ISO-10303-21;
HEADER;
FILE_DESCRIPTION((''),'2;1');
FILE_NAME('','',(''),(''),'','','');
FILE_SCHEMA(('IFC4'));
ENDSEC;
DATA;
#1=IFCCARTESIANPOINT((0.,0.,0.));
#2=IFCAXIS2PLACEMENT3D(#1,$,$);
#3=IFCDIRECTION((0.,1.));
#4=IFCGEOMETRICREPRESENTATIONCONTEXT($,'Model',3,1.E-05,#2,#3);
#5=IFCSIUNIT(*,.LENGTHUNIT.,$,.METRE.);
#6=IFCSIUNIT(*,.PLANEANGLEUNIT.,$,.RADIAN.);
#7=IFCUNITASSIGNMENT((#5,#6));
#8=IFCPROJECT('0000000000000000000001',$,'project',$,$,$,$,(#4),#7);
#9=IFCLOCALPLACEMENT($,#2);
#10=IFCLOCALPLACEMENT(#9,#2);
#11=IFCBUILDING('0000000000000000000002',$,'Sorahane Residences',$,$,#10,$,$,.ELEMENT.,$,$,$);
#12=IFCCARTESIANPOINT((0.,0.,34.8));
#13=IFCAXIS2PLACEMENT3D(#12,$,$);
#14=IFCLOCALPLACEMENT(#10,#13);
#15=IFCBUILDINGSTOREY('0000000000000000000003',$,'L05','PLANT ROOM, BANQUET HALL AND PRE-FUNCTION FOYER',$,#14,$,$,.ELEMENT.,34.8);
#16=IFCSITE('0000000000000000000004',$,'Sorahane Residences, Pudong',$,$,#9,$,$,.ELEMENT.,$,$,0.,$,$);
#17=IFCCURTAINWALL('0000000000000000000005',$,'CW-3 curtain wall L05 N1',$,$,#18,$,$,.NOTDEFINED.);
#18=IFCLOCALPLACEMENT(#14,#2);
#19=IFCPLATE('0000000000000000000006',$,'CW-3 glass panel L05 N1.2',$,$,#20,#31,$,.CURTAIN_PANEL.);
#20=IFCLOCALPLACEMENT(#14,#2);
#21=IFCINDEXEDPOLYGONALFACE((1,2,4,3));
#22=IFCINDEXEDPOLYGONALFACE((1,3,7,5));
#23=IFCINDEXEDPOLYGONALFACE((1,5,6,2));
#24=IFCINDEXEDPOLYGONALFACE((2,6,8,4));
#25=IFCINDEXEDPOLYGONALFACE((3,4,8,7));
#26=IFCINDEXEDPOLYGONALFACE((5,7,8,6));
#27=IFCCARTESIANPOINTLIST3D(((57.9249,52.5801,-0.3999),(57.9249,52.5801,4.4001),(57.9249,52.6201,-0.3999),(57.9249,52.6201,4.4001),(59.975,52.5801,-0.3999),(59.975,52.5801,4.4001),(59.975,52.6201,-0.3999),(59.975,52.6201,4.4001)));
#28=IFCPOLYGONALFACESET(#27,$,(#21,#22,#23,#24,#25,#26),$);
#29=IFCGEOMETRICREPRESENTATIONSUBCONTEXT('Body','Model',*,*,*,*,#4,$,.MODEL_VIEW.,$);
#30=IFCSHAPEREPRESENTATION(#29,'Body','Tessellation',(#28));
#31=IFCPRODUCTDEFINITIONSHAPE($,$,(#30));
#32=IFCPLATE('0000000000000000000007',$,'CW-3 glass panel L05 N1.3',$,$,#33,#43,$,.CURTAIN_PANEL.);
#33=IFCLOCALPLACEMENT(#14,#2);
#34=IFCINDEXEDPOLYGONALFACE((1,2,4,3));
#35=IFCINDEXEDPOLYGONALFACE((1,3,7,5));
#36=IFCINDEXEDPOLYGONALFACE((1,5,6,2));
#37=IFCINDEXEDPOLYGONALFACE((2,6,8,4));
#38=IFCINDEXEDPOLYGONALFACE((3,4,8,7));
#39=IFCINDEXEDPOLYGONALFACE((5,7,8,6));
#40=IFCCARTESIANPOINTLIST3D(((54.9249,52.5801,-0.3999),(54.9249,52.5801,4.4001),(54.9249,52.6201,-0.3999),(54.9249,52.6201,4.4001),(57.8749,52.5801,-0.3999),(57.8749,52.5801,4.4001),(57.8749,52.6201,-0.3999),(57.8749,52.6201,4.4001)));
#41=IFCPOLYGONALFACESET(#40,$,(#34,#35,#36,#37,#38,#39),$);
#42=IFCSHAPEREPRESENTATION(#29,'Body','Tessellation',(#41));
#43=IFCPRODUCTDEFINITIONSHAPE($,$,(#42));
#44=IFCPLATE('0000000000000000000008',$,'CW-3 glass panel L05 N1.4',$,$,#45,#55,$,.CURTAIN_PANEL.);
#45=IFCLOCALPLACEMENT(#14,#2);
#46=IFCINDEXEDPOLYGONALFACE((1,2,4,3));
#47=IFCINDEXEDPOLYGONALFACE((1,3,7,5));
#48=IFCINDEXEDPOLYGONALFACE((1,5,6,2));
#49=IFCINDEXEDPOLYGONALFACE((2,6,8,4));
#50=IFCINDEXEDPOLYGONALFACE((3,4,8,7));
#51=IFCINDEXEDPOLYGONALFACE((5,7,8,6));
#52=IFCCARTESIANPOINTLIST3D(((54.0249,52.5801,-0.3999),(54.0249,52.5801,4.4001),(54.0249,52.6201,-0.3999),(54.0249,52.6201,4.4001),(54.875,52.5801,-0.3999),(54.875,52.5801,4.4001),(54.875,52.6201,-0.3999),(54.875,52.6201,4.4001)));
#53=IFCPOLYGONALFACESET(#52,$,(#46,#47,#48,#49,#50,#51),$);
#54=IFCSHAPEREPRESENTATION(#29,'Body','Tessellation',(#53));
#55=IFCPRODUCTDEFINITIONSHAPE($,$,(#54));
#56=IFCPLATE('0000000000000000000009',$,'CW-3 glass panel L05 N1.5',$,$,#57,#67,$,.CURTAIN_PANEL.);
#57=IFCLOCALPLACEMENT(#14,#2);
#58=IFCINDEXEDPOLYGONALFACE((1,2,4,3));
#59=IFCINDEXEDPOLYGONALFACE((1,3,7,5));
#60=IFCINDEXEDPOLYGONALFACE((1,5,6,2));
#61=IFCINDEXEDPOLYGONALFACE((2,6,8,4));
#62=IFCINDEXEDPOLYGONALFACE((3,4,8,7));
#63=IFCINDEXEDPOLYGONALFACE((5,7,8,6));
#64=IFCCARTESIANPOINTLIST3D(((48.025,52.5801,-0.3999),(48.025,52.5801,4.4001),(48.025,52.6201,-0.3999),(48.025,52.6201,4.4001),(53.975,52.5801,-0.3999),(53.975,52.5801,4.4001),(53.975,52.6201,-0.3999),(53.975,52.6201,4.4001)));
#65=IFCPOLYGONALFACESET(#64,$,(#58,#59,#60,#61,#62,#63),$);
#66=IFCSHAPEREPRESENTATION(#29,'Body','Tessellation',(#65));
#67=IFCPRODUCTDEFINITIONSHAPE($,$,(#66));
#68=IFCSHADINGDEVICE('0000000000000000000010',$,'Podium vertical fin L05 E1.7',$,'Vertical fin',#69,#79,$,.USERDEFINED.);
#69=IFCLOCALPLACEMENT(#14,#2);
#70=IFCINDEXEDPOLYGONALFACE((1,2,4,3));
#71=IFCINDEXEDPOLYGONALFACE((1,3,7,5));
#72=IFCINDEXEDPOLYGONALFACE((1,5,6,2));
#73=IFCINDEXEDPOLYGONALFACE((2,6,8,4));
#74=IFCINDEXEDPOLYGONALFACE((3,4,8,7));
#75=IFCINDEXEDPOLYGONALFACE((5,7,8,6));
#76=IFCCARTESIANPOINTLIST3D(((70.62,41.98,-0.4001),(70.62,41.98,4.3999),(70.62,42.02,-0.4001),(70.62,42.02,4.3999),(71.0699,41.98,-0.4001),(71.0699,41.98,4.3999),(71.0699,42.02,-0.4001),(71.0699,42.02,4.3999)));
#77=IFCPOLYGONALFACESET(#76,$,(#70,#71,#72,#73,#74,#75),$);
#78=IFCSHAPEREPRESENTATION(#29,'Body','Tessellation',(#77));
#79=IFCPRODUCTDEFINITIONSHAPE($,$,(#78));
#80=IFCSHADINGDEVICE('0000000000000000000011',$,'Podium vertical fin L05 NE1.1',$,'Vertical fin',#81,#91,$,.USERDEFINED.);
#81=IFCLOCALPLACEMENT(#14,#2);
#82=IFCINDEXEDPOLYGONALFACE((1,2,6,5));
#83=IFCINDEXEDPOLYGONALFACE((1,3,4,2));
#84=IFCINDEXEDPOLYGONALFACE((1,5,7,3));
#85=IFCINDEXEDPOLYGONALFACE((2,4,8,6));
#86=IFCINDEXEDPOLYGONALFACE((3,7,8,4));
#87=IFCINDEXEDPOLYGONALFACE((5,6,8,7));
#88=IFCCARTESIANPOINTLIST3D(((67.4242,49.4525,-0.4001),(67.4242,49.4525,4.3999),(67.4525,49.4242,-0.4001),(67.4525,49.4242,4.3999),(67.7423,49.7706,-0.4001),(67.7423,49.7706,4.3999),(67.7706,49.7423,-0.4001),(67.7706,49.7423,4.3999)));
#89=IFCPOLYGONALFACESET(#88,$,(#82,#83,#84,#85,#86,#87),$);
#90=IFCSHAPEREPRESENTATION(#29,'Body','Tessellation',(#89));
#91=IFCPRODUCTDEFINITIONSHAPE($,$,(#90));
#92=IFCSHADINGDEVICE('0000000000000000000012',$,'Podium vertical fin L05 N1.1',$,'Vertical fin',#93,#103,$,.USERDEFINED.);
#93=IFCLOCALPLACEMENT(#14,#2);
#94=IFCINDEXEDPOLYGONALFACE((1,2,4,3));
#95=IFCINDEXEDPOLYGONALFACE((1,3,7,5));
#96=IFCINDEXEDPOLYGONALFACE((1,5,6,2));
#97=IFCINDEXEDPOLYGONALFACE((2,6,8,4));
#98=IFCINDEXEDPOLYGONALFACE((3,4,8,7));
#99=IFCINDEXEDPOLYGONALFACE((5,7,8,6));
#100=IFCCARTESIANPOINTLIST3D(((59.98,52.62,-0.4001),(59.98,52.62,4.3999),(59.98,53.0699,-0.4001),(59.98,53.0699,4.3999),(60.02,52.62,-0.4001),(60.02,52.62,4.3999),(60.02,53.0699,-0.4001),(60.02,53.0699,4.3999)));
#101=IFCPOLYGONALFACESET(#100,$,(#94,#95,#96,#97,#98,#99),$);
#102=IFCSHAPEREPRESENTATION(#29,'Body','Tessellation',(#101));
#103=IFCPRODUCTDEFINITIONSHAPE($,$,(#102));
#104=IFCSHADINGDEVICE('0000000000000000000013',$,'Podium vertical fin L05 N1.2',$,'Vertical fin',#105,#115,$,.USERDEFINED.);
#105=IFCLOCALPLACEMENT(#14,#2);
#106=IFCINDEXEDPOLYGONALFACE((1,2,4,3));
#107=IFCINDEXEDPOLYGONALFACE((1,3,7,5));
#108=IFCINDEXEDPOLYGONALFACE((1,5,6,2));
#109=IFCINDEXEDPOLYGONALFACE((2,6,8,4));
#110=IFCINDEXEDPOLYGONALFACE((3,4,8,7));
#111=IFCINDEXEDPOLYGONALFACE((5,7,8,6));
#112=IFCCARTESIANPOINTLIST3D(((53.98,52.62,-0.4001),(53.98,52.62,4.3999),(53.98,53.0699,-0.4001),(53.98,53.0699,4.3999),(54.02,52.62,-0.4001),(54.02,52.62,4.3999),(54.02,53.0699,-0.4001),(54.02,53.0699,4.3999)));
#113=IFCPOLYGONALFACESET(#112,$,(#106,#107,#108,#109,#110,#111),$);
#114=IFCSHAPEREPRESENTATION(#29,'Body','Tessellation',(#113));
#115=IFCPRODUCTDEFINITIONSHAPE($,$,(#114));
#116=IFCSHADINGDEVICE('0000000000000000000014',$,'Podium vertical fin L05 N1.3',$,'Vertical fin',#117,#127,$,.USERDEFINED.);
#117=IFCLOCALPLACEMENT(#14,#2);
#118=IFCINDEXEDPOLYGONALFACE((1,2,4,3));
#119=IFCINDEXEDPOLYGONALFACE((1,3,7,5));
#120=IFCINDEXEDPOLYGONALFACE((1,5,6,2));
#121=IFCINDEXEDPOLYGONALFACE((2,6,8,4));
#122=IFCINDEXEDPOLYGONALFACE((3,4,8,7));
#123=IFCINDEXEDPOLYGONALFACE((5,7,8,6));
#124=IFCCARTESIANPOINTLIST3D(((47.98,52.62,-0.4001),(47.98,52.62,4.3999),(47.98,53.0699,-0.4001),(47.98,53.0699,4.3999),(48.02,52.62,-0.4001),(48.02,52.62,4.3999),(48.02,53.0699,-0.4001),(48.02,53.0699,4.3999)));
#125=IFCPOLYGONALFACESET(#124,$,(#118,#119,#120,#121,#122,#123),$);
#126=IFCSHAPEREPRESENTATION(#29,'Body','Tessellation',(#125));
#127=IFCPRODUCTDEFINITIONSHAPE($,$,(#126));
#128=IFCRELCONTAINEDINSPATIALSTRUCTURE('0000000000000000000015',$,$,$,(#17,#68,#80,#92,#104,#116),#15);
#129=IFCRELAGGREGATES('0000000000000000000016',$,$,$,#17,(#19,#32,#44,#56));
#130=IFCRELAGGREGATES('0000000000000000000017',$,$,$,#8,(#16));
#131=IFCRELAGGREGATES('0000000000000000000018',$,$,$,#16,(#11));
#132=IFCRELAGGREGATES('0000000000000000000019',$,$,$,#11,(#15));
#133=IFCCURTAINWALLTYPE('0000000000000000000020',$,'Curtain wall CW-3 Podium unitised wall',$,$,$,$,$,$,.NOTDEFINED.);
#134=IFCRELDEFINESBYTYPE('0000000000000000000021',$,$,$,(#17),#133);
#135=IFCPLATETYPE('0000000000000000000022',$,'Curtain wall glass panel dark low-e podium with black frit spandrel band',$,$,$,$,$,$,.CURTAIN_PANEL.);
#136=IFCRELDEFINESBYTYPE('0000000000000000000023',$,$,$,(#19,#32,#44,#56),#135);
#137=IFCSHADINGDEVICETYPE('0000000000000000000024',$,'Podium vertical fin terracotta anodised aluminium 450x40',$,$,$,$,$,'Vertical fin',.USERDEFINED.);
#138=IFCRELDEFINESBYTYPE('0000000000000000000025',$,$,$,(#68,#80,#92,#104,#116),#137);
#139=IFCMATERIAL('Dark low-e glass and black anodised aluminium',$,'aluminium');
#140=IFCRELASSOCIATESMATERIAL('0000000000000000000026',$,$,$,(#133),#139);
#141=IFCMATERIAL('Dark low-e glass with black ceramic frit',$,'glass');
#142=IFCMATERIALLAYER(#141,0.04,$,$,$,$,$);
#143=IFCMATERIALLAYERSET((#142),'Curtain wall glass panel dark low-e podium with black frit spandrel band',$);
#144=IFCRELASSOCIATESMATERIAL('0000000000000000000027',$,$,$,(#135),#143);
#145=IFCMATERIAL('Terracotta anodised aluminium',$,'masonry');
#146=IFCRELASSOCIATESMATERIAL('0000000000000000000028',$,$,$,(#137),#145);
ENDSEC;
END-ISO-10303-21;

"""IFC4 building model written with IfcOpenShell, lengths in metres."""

from ifc_helpers import new_model, si_unit, direction, frame, origin, origin_2d, place, context, subcontext, project, spatial, rectangle, extrude, material, layer, layer_set, material_profile, profile_set, type_object, element, aggregate, save


model = new_model("IFC4")

# Units and contexts
model_context = context("Model", 3, precision=1e-05, world=origin(), true_north=direction((0.0, 1.0)))
body_context = subcontext(model_context, "Body", "Model", "MODEL_VIEW")
ifc_project = project(units=[si_unit("LENGTHUNIT", "METRE"), si_unit("PLANEANGLEUNIT", "RADIAN")], contexts=[model_context])

# Site, building, storey
site_placement = place(None, origin())
site = spatial("IfcSite", under=ifc_project, at=site_placement, Name="Sorahane Residences, Pudong", CompositionType="ELEMENT", RefElevation=0.0)
building_placement = place(site_placement, origin())
building = spatial("IfcBuilding", under=site, at=building_placement, Name="Sorahane Residences", CompositionType="ELEMENT")
storey_placement = place(building_placement, frame((0.0, 0.0, 34.8)))
storey = spatial("IfcBuildingStorey", under=building, at=storey_placement, Name="L05", Description="PLANT ROOM, BANQUET HALL AND PRE-FUNCTION FOYER", CompositionType="ELEMENT", Elevation=34.8)

# Shared definitions
ifc_material_1 = material(Name="Dark low-e glass and black anodised aluminium", Category="aluminium")
curtain_wall_type = type_object("IfcCurtainWallType", Name="Curtain wall CW-3 Podium unitised wall", PredefinedType="NOTDEFINED", material=ifc_material_1)

# Curtain wall
curtain_wall_1_placement = place(storey_placement, origin())
curtain_wall_1 = element("IfcCurtainWall", 1, at=curtain_wall_1_placement, inside=storey, type_object=curtain_wall_type, Name="CW-3 curtain wall L05 N1", PredefinedType="NOTDEFINED")

# Plates
ifc_material_2 = material(Name="Dark low-e glass with black ceramic frit", Category="glass")
ifc_layer = layer(ifc_material_2, 0.04)
ifc_layer_set = layer_set([ifc_layer], Name="Curtain wall glass panel dark low-e podium with black frit spandrel band")
plate_type = type_object("IfcPlateType", Name="Curtain wall glass panel dark low-e podium with black frit spandrel band", PredefinedType="CURTAIN_PANEL", material=ifc_layer_set)
plate_1_placement = place(storey_placement, frame((58.95, 52.6001, -0.3999), z_axis=(0.0, 0.0, 1.0), x_axis=(-1.0, 0.0, 0.0)))
plate_1 = element("IfcPlate", 2, at=plate_1_placement, type_object=plate_type, Name="CW-3 glass panel L05 N1.2", PredefinedType="CURTAIN_PANEL", context=body_context, shape_type="SweptSolid", body=[
    extrude(rectangle(XDim=2.05, YDim=0.04, at=origin_2d()), origin(), (0.0, 0.0, 1.0), 4.8),
])
plate_2_placement = place(storey_placement, frame((56.3999, 52.6001, -0.3999), z_axis=(0.0, 0.0, 1.0), x_axis=(-1.0, 0.0, 0.0)))
plate_2 = element("IfcPlate", 3, at=plate_2_placement, type_object=plate_type, Name="CW-3 glass panel L05 N1.3", PredefinedType="CURTAIN_PANEL", context=body_context, shape_type="SweptSolid", body=[
    extrude(rectangle(XDim=2.95, YDim=0.04, at=origin_2d()), origin(), (0.0, 0.0, 1.0), 4.8),
])
plate_3_placement = place(storey_placement, frame((54.45, 52.6001, -0.3999), z_axis=(0.0, 0.0, 1.0), x_axis=(-1.0, 0.0, 0.0)))
plate_3 = element("IfcPlate", 4, at=plate_3_placement, type_object=plate_type, Name="CW-3 glass panel L05 N1.4", PredefinedType="CURTAIN_PANEL", context=body_context, shape_type="SweptSolid", body=[
    extrude(rectangle(XDim=0.8501, YDim=0.04, at=origin_2d()), origin(), (0.0, 0.0, 1.0), 4.8),
])
plate_4_placement = place(storey_placement, frame((51.0, 52.6001, -0.3999), z_axis=(0.0, 0.0, 1.0), x_axis=(-1.0, 0.0, 0.0)))
plate_4 = element("IfcPlate", 5, at=plate_4_placement, type_object=plate_type, Name="CW-3 glass panel L05 N1.5", PredefinedType="CURTAIN_PANEL", context=body_context, shape_type="SweptSolid", body=[
    extrude(rectangle(XDim=5.95, YDim=0.04, at=origin_2d()), origin(), (0.0, 0.0, 1.0), 4.8),
])
aggregate(curtain_wall_1, [plate_1, plate_2, plate_3, plate_4])

# Shading devices
ifc_material_3 = material(Name="Terracotta anodised aluminium", Category="masonry")
ifc_material_profile_1 = material_profile(ifc_material_3, rectangle(XDim=0.45, YDim=0.04, at=origin_2d()), Name="Podium vertical fin terracotta anodised aluminium 450x40")
ifc_profile_set_1 = profile_set([ifc_material_profile_1], Name="Terracotta anodised aluminium")
shading_device_type = type_object("IfcShadingDeviceType", Name="Podium vertical fin terracotta anodised aluminium 450x40", ElementType="Vertical fin", PredefinedType="USERDEFINED", material=ifc_profile_set_1)
for number, where, z_axis, x_axis, name in (
    (6, (70.845, 42.0, -0.4001), (0.0, 0.0, 1.0), (1.0, 0.0, 0.0), "Podium vertical fin L05 E1.7"),
    (7, (67.5974, 49.5974, -0.4001), (0.0, 0.0, 1.0), (0.707107, 0.707107, 0.0), "Podium vertical fin L05 NE1.1"),
    (8, (60.0, 52.845, -0.4001), (0.0, 0.0, 1.0), (0.0, 1.0, 0.0), "Podium vertical fin L05 N1.1"),
    (9, (54.0, 52.845, -0.4001), (0.0, 0.0, 1.0), (0.0, 1.0, 0.0), "Podium vertical fin L05 N1.2"),
    (10, (48.0, 52.845, -0.4001), (0.0, 0.0, 1.0), (0.0, 1.0, 0.0), "Podium vertical fin L05 N1.3"),
):
    element("IfcShadingDevice", number, at=place(storey_placement, frame(where, z_axis=z_axis, x_axis=x_axis)), inside=storey, type_object=shading_device_type, Name=name, ObjectType="Vertical fin", PredefinedType="USERDEFINED", context=body_context, shape_type="SweptSolid", body=[
        extrude(rectangle(XDim=0.45, YDim=0.04, at=origin_2d()), origin(), (0.0, 0.0, 1.0), 4.8),
    ])

save(model, "model.ifc")
